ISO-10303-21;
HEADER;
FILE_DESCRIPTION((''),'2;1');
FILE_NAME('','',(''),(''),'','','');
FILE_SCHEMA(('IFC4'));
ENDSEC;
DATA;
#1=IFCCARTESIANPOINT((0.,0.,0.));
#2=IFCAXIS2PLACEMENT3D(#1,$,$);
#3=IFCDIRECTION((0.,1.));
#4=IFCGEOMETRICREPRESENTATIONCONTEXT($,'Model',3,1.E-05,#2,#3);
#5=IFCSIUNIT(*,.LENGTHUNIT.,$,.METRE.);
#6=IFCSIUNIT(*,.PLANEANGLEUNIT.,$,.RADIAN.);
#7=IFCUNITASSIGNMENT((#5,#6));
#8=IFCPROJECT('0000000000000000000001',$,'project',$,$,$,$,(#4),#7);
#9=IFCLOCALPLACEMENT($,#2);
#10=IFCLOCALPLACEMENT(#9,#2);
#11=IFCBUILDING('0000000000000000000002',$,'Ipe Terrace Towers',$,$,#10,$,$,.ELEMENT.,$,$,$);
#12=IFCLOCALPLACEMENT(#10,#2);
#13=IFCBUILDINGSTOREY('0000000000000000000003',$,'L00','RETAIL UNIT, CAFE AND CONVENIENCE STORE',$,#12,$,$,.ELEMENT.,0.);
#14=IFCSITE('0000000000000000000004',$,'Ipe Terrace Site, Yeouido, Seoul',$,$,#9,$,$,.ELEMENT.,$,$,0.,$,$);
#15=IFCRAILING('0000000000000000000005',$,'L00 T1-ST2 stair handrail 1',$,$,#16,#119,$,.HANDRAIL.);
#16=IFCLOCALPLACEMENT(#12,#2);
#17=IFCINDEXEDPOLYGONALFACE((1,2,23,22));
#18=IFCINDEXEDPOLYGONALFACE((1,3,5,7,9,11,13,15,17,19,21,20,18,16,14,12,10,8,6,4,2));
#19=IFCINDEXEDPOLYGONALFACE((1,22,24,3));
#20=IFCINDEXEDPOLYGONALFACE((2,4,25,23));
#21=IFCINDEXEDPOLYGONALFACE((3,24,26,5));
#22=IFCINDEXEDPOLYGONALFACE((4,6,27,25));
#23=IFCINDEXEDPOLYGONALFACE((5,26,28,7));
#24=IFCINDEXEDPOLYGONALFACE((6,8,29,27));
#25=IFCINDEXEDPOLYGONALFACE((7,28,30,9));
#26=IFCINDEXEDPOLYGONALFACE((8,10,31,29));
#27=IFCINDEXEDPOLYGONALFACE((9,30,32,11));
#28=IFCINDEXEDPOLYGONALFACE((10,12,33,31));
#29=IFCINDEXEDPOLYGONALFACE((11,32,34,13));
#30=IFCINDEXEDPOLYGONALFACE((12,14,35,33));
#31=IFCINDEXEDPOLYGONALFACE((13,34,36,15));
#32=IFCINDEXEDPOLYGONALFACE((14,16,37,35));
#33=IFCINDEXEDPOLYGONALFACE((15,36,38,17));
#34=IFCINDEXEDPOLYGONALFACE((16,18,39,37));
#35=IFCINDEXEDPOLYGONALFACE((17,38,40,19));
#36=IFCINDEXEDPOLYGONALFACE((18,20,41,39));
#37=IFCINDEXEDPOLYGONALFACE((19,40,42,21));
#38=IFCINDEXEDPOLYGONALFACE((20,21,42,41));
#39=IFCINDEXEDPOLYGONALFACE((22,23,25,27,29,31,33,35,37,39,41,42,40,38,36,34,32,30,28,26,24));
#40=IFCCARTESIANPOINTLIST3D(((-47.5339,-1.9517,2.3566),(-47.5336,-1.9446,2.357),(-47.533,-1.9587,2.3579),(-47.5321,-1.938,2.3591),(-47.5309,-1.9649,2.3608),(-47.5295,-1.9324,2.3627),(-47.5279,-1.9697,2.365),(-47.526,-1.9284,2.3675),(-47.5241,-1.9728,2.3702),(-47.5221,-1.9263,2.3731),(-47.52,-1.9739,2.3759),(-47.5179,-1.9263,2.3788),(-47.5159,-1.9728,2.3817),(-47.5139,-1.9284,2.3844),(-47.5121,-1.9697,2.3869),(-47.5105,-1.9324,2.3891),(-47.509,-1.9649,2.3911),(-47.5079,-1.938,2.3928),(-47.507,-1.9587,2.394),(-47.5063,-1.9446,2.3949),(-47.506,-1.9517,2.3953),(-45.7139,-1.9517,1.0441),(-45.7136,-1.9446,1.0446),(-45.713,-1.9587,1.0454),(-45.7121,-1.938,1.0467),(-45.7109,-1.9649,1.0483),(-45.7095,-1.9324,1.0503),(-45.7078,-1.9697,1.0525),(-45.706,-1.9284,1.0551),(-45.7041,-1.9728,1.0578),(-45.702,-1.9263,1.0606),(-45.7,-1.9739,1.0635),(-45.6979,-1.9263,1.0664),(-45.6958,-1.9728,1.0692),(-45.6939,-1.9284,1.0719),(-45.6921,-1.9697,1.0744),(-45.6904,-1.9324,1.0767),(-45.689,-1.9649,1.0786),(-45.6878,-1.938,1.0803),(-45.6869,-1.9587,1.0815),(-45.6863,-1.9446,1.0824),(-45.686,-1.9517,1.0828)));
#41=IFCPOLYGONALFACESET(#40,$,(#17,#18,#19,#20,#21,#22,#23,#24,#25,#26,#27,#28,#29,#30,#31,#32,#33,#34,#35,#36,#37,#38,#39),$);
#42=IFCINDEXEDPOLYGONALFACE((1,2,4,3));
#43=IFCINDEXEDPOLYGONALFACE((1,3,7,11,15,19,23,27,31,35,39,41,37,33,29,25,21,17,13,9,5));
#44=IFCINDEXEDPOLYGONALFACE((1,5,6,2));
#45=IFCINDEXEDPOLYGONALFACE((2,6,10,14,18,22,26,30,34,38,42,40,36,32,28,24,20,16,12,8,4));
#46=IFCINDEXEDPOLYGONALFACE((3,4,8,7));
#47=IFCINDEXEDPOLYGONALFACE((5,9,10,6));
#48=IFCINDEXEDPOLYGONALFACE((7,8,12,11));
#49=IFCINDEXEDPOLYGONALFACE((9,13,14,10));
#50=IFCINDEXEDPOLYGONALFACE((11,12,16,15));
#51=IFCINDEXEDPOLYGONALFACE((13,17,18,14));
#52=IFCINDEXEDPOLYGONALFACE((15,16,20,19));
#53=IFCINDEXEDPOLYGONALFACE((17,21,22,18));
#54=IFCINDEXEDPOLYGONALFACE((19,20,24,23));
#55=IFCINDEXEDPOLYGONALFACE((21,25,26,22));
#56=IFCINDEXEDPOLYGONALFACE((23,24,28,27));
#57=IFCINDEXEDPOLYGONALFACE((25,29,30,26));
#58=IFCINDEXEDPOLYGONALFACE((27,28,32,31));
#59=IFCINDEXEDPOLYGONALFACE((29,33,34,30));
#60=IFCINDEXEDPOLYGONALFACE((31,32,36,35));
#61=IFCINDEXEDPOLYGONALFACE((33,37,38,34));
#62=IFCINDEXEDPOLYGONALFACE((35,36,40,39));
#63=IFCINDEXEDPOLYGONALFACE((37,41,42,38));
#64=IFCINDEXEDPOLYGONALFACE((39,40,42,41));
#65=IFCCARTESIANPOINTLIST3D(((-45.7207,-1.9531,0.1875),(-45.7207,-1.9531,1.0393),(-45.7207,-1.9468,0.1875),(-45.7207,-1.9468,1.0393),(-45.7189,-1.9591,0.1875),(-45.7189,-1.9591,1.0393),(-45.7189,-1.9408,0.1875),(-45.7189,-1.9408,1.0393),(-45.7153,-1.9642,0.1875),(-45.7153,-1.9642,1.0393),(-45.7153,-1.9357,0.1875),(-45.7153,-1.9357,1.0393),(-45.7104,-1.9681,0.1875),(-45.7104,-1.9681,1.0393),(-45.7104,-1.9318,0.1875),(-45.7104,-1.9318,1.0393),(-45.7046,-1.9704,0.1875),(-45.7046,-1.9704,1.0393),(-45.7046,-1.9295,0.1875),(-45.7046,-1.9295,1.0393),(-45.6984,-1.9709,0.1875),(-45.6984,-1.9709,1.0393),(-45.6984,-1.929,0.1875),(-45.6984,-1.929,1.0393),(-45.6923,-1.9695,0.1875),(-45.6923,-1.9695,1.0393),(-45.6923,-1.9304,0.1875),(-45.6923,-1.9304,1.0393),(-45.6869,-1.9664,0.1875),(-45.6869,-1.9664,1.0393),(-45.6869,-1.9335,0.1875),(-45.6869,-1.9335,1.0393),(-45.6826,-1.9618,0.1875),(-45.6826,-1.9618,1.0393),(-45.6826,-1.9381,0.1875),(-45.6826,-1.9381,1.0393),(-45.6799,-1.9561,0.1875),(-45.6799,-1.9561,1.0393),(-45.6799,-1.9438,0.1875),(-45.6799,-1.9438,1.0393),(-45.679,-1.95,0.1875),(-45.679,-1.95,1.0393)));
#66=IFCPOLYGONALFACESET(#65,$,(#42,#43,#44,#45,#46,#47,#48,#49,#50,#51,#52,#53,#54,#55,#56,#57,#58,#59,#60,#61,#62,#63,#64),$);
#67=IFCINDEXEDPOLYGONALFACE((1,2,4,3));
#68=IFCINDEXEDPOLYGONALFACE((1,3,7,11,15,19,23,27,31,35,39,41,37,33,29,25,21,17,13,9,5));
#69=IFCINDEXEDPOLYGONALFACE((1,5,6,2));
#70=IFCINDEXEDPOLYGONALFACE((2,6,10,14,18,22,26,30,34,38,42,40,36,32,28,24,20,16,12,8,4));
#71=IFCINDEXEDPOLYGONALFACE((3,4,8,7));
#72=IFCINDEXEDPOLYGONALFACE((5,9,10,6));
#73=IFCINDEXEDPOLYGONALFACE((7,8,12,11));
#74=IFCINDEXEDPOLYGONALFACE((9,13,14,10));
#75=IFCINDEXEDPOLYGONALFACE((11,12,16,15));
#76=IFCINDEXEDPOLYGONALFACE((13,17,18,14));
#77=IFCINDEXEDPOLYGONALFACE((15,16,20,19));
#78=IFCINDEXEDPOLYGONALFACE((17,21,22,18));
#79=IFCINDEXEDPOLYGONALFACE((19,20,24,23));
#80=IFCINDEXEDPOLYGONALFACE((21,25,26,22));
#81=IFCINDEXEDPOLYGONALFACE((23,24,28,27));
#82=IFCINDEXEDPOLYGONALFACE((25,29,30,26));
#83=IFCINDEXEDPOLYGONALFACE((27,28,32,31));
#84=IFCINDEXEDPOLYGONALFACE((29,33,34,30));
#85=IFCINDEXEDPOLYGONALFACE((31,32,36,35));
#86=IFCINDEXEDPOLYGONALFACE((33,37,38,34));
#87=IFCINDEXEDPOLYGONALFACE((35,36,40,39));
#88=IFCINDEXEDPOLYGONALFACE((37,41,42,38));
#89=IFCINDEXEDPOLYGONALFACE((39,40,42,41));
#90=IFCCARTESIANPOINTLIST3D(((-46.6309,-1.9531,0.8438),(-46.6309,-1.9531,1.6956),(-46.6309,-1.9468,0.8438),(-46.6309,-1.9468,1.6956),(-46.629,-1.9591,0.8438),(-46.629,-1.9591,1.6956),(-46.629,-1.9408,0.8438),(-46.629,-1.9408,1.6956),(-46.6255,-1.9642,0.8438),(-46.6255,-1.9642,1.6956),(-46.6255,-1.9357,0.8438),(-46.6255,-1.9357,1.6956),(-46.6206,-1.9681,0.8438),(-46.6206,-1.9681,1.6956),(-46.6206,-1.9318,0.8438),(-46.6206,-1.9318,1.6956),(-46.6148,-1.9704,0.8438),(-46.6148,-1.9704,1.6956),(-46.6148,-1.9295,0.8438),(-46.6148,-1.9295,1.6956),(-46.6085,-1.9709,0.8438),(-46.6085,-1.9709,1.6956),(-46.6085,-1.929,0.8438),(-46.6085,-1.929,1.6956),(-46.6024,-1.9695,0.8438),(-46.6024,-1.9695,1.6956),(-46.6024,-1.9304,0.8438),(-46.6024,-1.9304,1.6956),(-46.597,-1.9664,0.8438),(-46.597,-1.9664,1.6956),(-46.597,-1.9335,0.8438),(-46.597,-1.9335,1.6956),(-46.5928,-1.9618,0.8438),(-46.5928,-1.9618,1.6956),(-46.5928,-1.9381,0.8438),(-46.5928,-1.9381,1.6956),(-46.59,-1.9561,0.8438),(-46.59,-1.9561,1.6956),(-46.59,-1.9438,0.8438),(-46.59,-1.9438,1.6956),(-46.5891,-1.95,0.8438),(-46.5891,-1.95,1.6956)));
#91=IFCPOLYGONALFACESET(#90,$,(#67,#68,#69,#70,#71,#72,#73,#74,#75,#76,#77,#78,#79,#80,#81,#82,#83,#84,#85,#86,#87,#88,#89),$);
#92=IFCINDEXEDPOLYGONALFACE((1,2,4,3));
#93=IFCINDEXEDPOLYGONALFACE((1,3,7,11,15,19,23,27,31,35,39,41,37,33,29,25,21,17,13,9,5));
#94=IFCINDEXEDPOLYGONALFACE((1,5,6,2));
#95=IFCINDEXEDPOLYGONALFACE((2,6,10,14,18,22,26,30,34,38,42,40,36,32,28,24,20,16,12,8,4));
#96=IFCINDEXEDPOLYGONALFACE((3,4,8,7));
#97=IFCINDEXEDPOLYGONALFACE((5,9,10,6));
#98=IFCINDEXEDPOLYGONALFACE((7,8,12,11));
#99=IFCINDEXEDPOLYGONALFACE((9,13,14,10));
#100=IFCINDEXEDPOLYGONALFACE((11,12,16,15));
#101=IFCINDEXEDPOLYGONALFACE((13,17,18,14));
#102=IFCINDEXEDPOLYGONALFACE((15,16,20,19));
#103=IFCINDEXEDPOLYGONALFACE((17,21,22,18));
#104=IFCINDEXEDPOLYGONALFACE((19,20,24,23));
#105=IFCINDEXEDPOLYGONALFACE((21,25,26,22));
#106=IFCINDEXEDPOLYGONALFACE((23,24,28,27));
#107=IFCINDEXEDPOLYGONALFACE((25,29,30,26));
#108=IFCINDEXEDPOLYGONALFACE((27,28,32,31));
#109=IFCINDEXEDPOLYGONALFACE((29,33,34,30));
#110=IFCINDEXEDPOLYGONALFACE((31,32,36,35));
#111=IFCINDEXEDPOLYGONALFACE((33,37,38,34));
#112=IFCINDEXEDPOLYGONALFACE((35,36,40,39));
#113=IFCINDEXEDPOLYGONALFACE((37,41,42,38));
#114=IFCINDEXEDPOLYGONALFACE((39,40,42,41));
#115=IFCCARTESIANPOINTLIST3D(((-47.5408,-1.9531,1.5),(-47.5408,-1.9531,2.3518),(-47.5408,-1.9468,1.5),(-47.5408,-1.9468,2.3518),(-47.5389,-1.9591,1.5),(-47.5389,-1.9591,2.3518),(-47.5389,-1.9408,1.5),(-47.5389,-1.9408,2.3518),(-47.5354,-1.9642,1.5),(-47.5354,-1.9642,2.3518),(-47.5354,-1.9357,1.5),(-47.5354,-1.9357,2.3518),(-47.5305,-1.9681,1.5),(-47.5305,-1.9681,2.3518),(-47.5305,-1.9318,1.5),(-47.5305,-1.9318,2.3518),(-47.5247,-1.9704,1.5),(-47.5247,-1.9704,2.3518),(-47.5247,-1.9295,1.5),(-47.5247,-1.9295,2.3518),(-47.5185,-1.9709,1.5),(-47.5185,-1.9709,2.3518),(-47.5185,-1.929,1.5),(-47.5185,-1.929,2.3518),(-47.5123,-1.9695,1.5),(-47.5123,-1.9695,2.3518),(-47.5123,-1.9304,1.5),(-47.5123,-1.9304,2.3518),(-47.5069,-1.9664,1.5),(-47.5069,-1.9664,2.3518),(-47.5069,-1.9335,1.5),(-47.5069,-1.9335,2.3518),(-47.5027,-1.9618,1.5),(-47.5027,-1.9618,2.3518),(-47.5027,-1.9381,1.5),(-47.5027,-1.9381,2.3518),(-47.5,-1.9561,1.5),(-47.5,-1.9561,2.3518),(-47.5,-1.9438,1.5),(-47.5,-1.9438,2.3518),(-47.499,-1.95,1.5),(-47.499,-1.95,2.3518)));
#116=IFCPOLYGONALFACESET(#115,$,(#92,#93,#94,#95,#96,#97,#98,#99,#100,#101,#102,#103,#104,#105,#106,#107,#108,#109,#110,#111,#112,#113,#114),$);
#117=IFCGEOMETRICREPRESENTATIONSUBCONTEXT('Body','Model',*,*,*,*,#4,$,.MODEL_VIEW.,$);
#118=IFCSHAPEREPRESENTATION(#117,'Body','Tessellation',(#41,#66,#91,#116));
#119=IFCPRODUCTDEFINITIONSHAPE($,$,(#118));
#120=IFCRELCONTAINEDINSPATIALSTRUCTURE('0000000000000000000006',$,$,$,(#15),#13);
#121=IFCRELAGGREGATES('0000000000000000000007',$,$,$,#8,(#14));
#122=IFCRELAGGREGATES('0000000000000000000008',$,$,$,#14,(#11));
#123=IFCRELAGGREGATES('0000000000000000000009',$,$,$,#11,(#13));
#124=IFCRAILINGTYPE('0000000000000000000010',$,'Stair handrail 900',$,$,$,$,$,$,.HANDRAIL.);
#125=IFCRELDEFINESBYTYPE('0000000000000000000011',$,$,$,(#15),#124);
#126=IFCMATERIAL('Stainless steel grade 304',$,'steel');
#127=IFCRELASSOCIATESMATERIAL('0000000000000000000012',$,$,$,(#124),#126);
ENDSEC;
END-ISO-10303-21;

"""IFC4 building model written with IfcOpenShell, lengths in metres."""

from ifc_helpers import new_model, si_unit, direction, frame, origin, origin_2d, place, context, subcontext, project, spatial, circle, extrude, material, type_object, element, save


model = new_model("IFC4")

# Units and contexts
model_context = context("Model", 3, precision=1e-05, world=origin(), true_north=direction((0.0, 1.0)))
body_context = subcontext(model_context, "Body", "Model", "MODEL_VIEW")
ifc_project = project(units=[si_unit("LENGTHUNIT", "METRE"), si_unit("PLANEANGLEUNIT", "RADIAN")], contexts=[model_context])

# Site, building, storey
site_placement = place(None, origin())
site = spatial("IfcSite", under=ifc_project, at=site_placement, Name="Ipe Terrace Site, Yeouido, Seoul", CompositionType="ELEMENT", RefElevation=0.0)
building_placement = place(site_placement, origin())
building = spatial("IfcBuilding", under=site, at=building_placement, Name="Ipe Terrace Towers", CompositionType="ELEMENT")
storey_placement = place(building_placement, origin())
storey = spatial("IfcBuildingStorey", under=building, at=storey_placement, Name="L00", Description="RETAIL UNIT, CAFE AND CONVENIENCE STORE", CompositionType="ELEMENT", Elevation=0.0)

# Railing
ifc_material_1 = material(Name="Stainless steel grade 304", Category="steel")
railing_type_1 = type_object("IfcRailingType", Name="Stair handrail 900", PredefinedType="HANDRAIL", material=ifc_material_1)
railing_1_placement = place(storey_placement, frame((-45.7, -1.95, 0.1875)))
element("IfcRailing", 1, at=railing_1_placement, inside=storey, type_object=railing_type_1, Name="L00 T1-ST2 stair handrail 1", PredefinedType="HANDRAIL", context=body_context, shape_type="SweptSolid", body=[
    extrude(circle(Radius=0.0239, at=origin_2d()), frame((0.0, 0.0, 0.876), z_axis=(-0.811101, 0.0, 0.584906), x_axis=(0.0, -1.0, 0.0)), (0.0, 0.0, 1.0), 2.2439),
    extrude(circle(Radius=0.021, at=origin_2d()), origin(), (0.0, 0.0, 1.0), 0.8518),
    extrude(circle(Radius=0.021, at=origin_2d()), frame((-0.9102, 0.0, 0.6562)), (0.0, 0.0, 1.0), 0.8518),
    extrude(circle(Radius=0.021, at=origin_2d()), frame((-1.8201, 0.0, 1.3125)), (0.0, 0.0, 1.0), 0.8518),
])

save(model, "model.ifc")
